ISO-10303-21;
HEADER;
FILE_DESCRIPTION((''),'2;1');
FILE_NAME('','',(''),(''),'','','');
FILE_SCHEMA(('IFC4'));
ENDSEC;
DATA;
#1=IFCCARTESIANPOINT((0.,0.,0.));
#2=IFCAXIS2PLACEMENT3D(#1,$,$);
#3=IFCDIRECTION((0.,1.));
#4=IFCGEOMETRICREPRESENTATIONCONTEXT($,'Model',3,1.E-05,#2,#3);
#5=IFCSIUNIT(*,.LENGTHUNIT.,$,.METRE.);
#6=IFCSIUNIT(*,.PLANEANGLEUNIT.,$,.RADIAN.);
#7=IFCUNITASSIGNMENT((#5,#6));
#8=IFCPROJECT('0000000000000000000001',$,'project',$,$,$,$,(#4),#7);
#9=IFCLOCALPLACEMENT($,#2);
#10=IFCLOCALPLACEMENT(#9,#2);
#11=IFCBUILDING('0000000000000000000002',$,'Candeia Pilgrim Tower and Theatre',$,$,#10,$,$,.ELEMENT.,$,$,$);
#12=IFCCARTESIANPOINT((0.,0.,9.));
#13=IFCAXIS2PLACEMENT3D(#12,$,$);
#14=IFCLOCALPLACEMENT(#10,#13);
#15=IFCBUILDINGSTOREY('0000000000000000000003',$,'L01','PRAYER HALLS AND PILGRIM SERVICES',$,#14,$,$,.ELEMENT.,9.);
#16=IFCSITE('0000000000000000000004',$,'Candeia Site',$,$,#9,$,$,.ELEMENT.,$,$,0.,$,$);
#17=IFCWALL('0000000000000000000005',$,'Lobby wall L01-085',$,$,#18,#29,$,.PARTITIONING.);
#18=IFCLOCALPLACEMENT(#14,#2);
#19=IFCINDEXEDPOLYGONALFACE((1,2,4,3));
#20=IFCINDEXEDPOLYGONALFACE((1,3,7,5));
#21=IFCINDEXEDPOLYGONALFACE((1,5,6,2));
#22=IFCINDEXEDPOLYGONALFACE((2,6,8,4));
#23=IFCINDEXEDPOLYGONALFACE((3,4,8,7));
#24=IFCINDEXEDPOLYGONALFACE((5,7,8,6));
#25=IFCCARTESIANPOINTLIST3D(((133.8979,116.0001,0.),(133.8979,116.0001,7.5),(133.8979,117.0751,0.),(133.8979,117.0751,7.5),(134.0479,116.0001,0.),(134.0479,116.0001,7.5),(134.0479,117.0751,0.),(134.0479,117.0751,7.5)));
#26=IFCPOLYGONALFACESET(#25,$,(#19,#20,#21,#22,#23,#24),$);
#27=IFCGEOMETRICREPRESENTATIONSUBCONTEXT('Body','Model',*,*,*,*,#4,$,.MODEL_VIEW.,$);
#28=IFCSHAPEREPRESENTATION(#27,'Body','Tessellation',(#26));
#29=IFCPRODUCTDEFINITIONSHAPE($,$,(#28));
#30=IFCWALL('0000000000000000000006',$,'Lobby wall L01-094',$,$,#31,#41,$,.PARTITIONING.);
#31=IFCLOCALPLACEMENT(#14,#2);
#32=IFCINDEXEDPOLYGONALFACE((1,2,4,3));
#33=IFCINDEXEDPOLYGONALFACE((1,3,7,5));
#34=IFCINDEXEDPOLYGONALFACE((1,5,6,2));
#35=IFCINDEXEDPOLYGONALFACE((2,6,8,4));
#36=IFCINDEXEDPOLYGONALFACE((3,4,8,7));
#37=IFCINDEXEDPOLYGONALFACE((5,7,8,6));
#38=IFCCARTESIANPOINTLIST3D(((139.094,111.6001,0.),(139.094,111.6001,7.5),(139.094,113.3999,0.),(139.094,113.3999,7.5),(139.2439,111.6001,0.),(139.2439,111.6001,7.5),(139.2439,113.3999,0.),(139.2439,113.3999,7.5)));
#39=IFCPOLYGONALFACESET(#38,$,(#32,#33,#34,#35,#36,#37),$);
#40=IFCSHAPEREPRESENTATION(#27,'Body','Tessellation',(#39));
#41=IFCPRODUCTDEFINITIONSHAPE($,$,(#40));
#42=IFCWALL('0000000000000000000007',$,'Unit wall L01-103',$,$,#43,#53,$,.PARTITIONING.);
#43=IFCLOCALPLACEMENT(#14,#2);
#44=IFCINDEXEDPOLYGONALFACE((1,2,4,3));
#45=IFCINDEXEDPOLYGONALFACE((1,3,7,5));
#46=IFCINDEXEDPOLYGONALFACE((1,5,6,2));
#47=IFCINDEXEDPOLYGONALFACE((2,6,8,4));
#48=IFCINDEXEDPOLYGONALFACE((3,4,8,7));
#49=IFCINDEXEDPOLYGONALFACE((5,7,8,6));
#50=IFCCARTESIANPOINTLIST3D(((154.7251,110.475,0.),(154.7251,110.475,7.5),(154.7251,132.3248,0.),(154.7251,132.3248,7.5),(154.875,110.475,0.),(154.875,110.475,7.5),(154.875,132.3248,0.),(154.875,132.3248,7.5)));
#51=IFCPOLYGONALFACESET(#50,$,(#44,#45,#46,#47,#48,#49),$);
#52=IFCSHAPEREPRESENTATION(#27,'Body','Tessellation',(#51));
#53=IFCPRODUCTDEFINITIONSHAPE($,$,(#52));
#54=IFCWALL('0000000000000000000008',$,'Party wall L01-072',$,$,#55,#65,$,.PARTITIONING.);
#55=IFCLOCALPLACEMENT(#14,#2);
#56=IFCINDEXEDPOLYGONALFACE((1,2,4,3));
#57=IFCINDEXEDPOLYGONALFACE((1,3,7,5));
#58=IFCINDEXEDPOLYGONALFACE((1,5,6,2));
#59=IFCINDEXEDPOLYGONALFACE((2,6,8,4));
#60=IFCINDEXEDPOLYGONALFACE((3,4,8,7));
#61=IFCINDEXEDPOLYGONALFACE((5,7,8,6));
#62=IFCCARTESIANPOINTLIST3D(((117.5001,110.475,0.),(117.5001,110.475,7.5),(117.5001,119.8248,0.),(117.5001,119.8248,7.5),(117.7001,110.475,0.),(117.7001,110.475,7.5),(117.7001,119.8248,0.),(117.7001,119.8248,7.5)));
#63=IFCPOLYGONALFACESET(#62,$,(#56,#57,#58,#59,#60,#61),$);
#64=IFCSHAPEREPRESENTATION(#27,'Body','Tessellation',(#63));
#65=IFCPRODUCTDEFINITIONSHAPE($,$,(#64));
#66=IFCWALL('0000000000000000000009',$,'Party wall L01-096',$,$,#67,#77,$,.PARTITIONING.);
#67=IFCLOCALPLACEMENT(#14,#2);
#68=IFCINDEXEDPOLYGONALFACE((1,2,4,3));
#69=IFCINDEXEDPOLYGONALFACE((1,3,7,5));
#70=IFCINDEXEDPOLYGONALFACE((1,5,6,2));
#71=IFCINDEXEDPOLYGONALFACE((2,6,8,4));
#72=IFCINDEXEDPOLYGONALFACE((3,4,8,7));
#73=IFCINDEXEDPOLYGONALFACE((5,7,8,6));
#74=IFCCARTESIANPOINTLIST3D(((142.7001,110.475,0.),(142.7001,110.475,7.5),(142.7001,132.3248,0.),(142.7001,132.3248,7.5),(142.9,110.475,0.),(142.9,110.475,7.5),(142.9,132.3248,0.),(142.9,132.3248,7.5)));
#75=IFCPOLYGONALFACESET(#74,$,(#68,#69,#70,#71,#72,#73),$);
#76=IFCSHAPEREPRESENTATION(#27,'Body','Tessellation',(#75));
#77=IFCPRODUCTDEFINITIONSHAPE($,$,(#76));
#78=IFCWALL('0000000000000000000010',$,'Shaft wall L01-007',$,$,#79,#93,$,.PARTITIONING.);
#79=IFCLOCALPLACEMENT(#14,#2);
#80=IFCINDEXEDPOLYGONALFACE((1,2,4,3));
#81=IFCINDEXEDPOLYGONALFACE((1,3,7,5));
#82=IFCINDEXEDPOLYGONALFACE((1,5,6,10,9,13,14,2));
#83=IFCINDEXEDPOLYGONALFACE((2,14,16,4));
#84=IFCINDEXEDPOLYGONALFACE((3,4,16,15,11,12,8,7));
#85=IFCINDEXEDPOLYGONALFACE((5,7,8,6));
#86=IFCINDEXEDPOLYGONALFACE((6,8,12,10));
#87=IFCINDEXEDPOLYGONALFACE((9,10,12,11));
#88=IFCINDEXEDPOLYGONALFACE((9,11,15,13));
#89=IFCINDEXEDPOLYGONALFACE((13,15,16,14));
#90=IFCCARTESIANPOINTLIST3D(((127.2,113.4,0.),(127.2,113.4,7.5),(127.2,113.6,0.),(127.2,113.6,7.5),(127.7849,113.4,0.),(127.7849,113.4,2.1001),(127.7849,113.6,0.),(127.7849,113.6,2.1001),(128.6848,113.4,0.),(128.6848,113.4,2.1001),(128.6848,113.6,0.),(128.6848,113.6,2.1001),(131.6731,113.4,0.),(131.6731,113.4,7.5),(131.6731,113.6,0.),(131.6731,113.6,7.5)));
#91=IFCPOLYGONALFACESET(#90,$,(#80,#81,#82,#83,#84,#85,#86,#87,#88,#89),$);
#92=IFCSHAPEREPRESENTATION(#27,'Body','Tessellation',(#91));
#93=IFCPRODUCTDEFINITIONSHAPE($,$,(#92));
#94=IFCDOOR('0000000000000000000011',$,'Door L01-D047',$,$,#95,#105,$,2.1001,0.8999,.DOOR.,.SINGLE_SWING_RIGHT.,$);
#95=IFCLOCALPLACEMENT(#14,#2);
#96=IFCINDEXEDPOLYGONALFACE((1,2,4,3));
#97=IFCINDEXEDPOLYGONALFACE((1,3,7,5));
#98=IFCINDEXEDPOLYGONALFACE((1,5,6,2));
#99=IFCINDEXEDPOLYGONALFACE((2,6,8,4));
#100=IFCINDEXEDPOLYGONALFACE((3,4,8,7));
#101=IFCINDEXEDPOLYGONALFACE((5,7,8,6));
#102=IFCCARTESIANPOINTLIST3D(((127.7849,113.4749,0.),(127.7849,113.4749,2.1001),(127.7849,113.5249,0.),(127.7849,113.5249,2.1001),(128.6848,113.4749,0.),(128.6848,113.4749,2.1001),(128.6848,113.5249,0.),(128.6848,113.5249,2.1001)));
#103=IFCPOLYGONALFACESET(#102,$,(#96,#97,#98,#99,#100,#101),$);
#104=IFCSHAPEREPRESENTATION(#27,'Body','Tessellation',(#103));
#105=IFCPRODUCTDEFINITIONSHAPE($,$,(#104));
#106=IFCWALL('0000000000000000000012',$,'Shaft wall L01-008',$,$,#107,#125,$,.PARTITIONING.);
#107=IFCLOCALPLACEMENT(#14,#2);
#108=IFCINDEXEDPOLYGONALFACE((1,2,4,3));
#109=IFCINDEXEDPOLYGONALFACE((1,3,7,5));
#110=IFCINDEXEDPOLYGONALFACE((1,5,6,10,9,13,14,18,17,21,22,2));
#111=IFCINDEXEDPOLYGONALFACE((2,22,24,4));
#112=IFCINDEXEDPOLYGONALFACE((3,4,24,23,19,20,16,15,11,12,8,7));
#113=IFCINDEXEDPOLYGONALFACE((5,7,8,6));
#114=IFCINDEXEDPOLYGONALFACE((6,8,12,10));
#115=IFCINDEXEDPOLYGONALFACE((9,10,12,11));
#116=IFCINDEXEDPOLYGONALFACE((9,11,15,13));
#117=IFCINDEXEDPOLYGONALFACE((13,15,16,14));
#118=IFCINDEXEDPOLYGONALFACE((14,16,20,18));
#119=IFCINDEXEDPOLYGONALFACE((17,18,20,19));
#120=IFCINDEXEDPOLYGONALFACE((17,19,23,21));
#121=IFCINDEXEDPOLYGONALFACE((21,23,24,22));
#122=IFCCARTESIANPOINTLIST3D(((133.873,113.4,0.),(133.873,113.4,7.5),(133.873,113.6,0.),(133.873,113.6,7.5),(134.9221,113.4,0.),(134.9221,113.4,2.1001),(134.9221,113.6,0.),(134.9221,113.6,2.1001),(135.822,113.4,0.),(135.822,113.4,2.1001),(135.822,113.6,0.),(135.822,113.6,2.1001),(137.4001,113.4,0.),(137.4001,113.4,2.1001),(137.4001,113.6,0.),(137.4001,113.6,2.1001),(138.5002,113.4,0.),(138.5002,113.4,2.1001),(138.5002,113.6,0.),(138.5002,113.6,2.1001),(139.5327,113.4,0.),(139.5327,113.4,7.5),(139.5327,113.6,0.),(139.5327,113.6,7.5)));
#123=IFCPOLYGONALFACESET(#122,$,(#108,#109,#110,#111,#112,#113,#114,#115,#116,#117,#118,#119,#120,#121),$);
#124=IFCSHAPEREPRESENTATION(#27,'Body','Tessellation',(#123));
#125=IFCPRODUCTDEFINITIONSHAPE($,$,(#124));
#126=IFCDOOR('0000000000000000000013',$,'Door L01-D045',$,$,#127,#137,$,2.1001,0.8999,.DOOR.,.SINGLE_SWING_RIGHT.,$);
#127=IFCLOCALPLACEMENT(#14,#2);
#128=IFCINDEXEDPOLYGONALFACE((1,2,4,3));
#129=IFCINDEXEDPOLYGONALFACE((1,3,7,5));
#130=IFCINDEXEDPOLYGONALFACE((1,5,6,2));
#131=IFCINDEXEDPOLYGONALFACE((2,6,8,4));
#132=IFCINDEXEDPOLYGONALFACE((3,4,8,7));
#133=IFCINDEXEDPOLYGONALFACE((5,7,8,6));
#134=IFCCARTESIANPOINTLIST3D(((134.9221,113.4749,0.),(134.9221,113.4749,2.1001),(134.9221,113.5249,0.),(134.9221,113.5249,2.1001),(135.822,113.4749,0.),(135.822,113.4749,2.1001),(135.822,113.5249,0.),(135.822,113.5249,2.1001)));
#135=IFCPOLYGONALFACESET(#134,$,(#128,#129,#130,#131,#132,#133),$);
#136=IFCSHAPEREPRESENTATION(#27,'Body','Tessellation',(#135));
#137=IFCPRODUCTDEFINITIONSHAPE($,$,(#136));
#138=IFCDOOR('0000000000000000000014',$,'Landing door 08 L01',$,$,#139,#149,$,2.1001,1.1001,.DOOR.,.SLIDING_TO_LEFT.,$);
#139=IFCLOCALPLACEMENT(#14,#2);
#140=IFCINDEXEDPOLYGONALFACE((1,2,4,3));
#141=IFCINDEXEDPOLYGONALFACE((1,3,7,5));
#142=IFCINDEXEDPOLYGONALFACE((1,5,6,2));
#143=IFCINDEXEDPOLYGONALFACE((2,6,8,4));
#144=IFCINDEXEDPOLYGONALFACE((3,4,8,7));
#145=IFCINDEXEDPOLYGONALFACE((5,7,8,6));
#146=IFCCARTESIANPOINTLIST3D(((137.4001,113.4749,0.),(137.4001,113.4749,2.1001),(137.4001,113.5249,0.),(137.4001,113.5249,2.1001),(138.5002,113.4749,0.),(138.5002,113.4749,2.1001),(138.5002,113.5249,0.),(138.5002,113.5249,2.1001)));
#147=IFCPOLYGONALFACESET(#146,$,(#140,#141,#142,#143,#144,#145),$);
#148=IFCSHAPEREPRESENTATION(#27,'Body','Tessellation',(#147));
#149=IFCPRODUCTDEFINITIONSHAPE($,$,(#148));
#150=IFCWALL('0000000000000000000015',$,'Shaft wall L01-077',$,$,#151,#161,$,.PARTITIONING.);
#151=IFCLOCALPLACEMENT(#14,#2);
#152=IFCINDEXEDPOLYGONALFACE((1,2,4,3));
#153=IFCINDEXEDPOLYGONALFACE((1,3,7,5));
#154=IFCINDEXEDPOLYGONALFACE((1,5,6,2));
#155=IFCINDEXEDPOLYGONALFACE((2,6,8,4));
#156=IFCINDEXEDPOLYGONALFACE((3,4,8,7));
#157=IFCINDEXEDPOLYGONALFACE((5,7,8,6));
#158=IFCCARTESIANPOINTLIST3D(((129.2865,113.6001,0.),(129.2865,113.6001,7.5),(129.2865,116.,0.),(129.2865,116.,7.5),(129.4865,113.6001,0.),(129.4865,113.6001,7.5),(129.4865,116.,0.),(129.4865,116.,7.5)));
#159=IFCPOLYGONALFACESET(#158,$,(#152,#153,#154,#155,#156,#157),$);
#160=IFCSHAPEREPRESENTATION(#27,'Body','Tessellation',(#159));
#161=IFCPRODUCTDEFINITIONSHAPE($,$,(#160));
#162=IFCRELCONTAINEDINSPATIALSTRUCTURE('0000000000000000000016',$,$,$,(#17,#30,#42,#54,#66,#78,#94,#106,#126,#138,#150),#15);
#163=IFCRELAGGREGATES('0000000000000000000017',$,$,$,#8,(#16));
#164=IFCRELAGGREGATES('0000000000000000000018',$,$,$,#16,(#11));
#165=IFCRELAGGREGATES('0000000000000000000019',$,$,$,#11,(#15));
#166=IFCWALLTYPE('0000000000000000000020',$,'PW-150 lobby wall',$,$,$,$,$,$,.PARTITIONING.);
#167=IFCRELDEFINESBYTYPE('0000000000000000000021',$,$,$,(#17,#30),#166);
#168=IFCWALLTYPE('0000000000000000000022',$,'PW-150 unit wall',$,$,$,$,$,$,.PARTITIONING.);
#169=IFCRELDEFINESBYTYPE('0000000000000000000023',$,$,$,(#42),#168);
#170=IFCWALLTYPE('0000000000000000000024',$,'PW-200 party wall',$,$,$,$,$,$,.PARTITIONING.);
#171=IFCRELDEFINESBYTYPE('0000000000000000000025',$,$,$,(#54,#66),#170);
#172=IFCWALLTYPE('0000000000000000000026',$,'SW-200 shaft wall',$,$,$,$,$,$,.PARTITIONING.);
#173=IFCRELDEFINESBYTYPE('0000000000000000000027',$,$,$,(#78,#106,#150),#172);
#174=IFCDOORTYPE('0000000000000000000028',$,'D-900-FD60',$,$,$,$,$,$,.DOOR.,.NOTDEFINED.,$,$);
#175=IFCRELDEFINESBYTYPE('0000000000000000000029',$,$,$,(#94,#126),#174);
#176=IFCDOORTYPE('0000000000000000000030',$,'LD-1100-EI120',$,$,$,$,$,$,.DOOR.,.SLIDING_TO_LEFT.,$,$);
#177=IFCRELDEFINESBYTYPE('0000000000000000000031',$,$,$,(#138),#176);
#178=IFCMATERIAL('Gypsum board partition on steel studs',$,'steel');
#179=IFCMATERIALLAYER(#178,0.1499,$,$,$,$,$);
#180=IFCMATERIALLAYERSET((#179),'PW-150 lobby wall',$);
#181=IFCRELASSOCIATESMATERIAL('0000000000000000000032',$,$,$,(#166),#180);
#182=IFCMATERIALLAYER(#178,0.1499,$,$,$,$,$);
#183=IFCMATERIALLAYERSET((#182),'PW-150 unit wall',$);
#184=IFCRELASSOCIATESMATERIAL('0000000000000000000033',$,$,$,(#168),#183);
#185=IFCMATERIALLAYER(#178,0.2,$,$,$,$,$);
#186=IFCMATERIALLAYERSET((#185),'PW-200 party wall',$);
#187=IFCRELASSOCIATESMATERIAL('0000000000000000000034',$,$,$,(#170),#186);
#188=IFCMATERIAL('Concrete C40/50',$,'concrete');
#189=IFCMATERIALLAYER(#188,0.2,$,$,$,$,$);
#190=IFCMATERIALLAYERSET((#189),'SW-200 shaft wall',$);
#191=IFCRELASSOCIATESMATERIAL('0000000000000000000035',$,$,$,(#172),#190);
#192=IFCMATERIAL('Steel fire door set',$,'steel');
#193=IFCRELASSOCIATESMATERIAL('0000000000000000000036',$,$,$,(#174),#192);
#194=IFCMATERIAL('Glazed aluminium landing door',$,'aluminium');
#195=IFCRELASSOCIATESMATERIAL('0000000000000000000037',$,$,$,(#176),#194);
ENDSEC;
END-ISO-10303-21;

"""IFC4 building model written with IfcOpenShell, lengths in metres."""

from ifc_helpers import new_model, si_unit, direction, frame, frame_2d, origin, place, context, subcontext, project, spatial, rectangle, extrude, material, layer, layer_set, type_object, element, fill, save


model = new_model("IFC4")

# Units and contexts
model_context = context("Model", 3, precision=1e-05, world=origin(), true_north=direction((0.0, 1.0)))
body_context = subcontext(model_context, "Body", "Model", "MODEL_VIEW")
ifc_project = project(units=[si_unit("LENGTHUNIT", "METRE"), si_unit("PLANEANGLEUNIT", "RADIAN")], contexts=[model_context])

# Site, building, storey
site_placement = place(None, origin())
site = spatial("IfcSite", under=ifc_project, at=site_placement, Name="Candeia Site", CompositionType="ELEMENT", RefElevation=0.0)
building_placement = place(site_placement, origin())
building = spatial("IfcBuilding", under=site, at=building_placement, Name="Candeia Pilgrim Tower and Theatre", CompositionType="ELEMENT")
storey_placement = place(building_placement, frame((0.0, 0.0, 9.0)))
storey = spatial("IfcBuildingStorey", under=building, at=storey_placement, Name="L01", Description="PRAYER HALLS AND PILGRIM SERVICES", CompositionType="ELEMENT", Elevation=9.0)

# Shared definitions
ifc_material_1 = material(Name="Steel fire door set", Category="steel")

# Shared definitions
ifc_material_2 = material(Name="Gypsum board partition on steel studs", Category="steel")
ifc_layer_1 = layer(ifc_material_2, 0.1499)
ifc_layer_set_1 = layer_set([ifc_layer_1], Name="PW-150 lobby wall")
wall_type_1 = type_object("IfcWallType", Name="PW-150 lobby wall", PredefinedType="PARTITIONING", material=ifc_layer_set_1)

# Walls
wall_1_placement = place(storey_placement, frame((133.9729, 116.0, 0.0), z_axis=(0.0, 0.0, 1.0), x_axis=(0.0, 1.0, 0.0)))
element("IfcWall", 1, at=wall_1_placement, inside=storey, type_object=wall_type_1, Name="Lobby wall L01-085", PredefinedType="PARTITIONING", context=body_context, shape_type="SweptSolid", body=[
    extrude(rectangle(XDim=1.075, YDim=0.1499, at=frame_2d((0.5376, 0.0))), origin(), (0.0, 0.0, 1.0), 7.5),
])
wall_2_placement = place(storey_placement, frame((139.1689, 111.6001, 0.0), z_axis=(0.0, 0.0, 1.0), x_axis=(0.0, 1.0, 0.0)))
element("IfcWall", 2, at=wall_2_placement, inside=storey, type_object=wall_type_1, Name="Lobby wall L01-094", PredefinedType="PARTITIONING", context=body_context, shape_type="SweptSolid", body=[
    extrude(rectangle(XDim=1.7998, YDim=0.1499, at=frame_2d((0.8999, 0.0))), origin(), (0.0, 0.0, 1.0), 7.5),
])
ifc_layer_2 = layer(ifc_material_2, 0.1499)
ifc_layer_set_2 = layer_set([ifc_layer_2], Name="PW-150 unit wall")
wall_type_2 = type_object("IfcWallType", Name="PW-150 unit wall", PredefinedType="PARTITIONING", material=ifc_layer_set_2)
wall_3_placement = place(storey_placement, frame((154.8, 110.4751, 0.0), z_axis=(0.0, 0.0, 1.0), x_axis=(0.0, 1.0, 0.0)))
element("IfcWall", 3, at=wall_3_placement, inside=storey, type_object=wall_type_2, Name="Unit wall L01-103", PredefinedType="PARTITIONING", context=body_context, shape_type="SweptSolid", body=[
    extrude(rectangle(XDim=21.8499, YDim=0.1499, at=frame_2d((10.9248, 0.0))), origin(), (0.0, 0.0, 1.0), 7.5),
])
ifc_layer_3 = layer(ifc_material_2, 0.2)
ifc_layer_set_3 = layer_set([ifc_layer_3], Name="PW-200 party wall")
wall_type_3 = type_object("IfcWallType", Name="PW-200 party wall", PredefinedType="PARTITIONING", material=ifc_layer_set_3)
wall_4_placement = place(storey_placement, frame((117.6001, 110.4751, 0.0), z_axis=(0.0, 0.0, 1.0), x_axis=(0.0, 1.0, 0.0)))
element("IfcWall", 4, at=wall_4_placement, inside=storey, type_object=wall_type_3, Name="Party wall L01-072", PredefinedType="PARTITIONING", context=body_context, shape_type="SweptSolid", body=[
    extrude(rectangle(XDim=9.3499, YDim=0.2, at=frame_2d((4.6748, 0.0))), origin(), (0.0, 0.0, 1.0), 7.5),
])
wall_5_placement = place(storey_placement, frame((142.8, 110.4751, 0.0), z_axis=(0.0, 0.0, 1.0), x_axis=(0.0, 1.0, 0.0)))
element("IfcWall", 5, at=wall_5_placement, inside=storey, type_object=wall_type_3, Name="Party wall L01-096", PredefinedType="PARTITIONING", context=body_context, shape_type="SweptSolid", body=[
    extrude(rectangle(XDim=21.8499, YDim=0.2, at=frame_2d((10.9248, 0.0))), origin(), (0.0, 0.0, 1.0), 7.5),
])

# Wall, opening, door
ifc_material_3 = material(Name="Concrete C40/50", Category="concrete")
ifc_layer_4 = layer(ifc_material_3, 0.2)
ifc_layer_set_4 = layer_set([ifc_layer_4], Name="SW-200 shaft wall")
wall_type_4 = type_object("IfcWallType", Name="SW-200 shaft wall", PredefinedType="PARTITIONING", material=ifc_layer_set_4)
wall_6_placement = place(storey_placement, frame((127.2, 113.5, 0.0), z_axis=(0.0, 0.0, 1.0), x_axis=(1.0, 0.0, 0.0)))
wall_6 = element("IfcWall", 6, at=wall_6_placement, inside=storey, type_object=wall_type_4, Name="Shaft wall L01-007", PredefinedType="PARTITIONING", context=body_context, shape_type="SweptSolid", body=[
    extrude(rectangle(XDim=4.4731, YDim=0.2, at=frame_2d((2.2366, 0.0))), origin(), (0.0, 0.0, 1.0), 7.5),
])
opening_1_placement = place(wall_6_placement, frame((0.585, 0.0, 0.0)))
opening_1 = element("IfcOpeningElement", 7, at=opening_1_placement, cuts=wall_6, PredefinedType="OPENING", context=body_context, shape_type="SweptSolid", body=[
    extrude(rectangle(XDim=0.8999, YDim=2.1001, at=frame_2d((0.45, 1.05))), frame((0.0, 0.1099, 0.0), z_axis=(0.0, -1.0, 0.0), x_axis=(1.0, 0.0, 0.0)), (0.0, 0.0, 1.0), 0.22),
])
door_type_1 = type_object("IfcDoorType", Name="D-900-FD60", OperationType="NOTDEFINED", PredefinedType="DOOR", material=ifc_material_1)
door_1_placement = place(opening_1_placement, origin())
door_1 = element("IfcDoor", 8, at=door_1_placement, inside=storey, type_object=door_type_1, Name="Door L01-D047", OperationType="SINGLE_SWING_RIGHT", OverallHeight=2.1001, OverallWidth=0.8999, PredefinedType="DOOR", context=body_context, shape_type="SweptSolid", body=[
    extrude(rectangle(XDim=0.8999, YDim=2.1001, at=frame_2d((0.45, 1.05))), frame((0.0, 0.0249, 0.0), z_axis=(0.0, -1.0, 0.0), x_axis=(1.0, 0.0, 0.0)), (0.0, 0.0, 1.0), 0.05),
])
fill(opening_1, door_1)

# Wall, openings, doors
wall_7_placement = place(storey_placement, frame((133.873, 113.5, 0.0), z_axis=(0.0, 0.0, 1.0), x_axis=(1.0, 0.0, 0.0)))
wall_7 = element("IfcWall", 9, at=wall_7_placement, inside=storey, type_object=wall_type_4, Name="Shaft wall L01-008", PredefinedType="PARTITIONING", context=body_context, shape_type="SweptSolid", body=[
    extrude(rectangle(XDim=5.6597, YDim=0.2, at=frame_2d((2.8298, 0.0))), origin(), (0.0, 0.0, 1.0), 7.5),
])
opening_2_placement = place(wall_7_placement, frame((3.5271, 0.0, 0.0)))
opening_2 = element("IfcOpeningElement", 10, at=opening_2_placement, cuts=wall_7, PredefinedType="OPENING", context=body_context, shape_type="SweptSolid", body=[
    extrude(rectangle(XDim=1.1001, YDim=2.1001, at=frame_2d((0.55, 1.05))), frame((0.0, 0.1099, 0.0), z_axis=(0.0, -1.0, 0.0), x_axis=(1.0, 0.0, 0.0)), (0.0, 0.0, 1.0), 0.22),
])
opening_3_placement = place(wall_7_placement, frame((1.0491, 0.0, 0.0)))
opening_3 = element("IfcOpeningElement", 11, at=opening_3_placement, cuts=wall_7, PredefinedType="OPENING", context=body_context, shape_type="SweptSolid", body=[
    extrude(rectangle(XDim=0.8999, YDim=2.1001, at=frame_2d((0.45, 1.05))), frame((0.0, 0.1099, 0.0), z_axis=(0.0, -1.0, 0.0), x_axis=(1.0, 0.0, 0.0)), (0.0, 0.0, 1.0), 0.22),
])
door_2_placement = place(opening_3_placement, origin())
door_2 = element("IfcDoor", 12, at=door_2_placement, inside=storey, type_object=door_type_1, Name="Door L01-D045", OperationType="SINGLE_SWING_RIGHT", OverallHeight=2.1001, OverallWidth=0.8999, PredefinedType="DOOR", context=body_context, shape_type="SweptSolid", body=[
    extrude(rectangle(XDim=0.8999, YDim=2.1001, at=frame_2d((0.45, 1.05))), frame((0.0, 0.0249, 0.0), z_axis=(0.0, -1.0, 0.0), x_axis=(1.0, 0.0, 0.0)), (0.0, 0.0, 1.0), 0.05),
])
fill(opening_3, door_2)
ifc_material_4 = material(Name="Glazed aluminium landing door", Category="aluminium")
door_type_2 = type_object("IfcDoorType", Name="LD-1100-EI120", OperationType="SLIDING_TO_LEFT", PredefinedType="DOOR", material=ifc_material_4)
door_3_placement = place(opening_2_placement, origin())
door_3 = element("IfcDoor", 13, at=door_3_placement, inside=storey, type_object=door_type_2, Name="Landing door 08 L01", OperationType="SLIDING_TO_LEFT", OverallHeight=2.1001, OverallWidth=1.1001, PredefinedType="DOOR", context=body_context, shape_type="SweptSolid", body=[
    extrude(rectangle(XDim=1.1001, YDim=2.1001, at=frame_2d((0.55, 1.05))), frame((0.0, 0.0249, 0.0), z_axis=(0.0, -1.0, 0.0), x_axis=(1.0, 0.0, 0.0)), (0.0, 0.0, 1.0), 0.05),
])
fill(opening_2, door_3)

# Wall
wall_8_placement = place(storey_placement, frame((129.3865, 113.6001, 0.0), z_axis=(0.0, 0.0, 1.0), x_axis=(0.0, 1.0, 0.0)))
element("IfcWall", 14, at=wall_8_placement, inside=storey, type_object=wall_type_4, Name="Shaft wall L01-077", PredefinedType="PARTITIONING", context=body_context, shape_type="SweptSolid", body=[
    extrude(rectangle(XDim=2.3999, YDim=0.2, at=frame_2d((1.2, 0.0))), origin(), (0.0, 0.0, 1.0), 7.5),
])

save(model, "model.ifc")
